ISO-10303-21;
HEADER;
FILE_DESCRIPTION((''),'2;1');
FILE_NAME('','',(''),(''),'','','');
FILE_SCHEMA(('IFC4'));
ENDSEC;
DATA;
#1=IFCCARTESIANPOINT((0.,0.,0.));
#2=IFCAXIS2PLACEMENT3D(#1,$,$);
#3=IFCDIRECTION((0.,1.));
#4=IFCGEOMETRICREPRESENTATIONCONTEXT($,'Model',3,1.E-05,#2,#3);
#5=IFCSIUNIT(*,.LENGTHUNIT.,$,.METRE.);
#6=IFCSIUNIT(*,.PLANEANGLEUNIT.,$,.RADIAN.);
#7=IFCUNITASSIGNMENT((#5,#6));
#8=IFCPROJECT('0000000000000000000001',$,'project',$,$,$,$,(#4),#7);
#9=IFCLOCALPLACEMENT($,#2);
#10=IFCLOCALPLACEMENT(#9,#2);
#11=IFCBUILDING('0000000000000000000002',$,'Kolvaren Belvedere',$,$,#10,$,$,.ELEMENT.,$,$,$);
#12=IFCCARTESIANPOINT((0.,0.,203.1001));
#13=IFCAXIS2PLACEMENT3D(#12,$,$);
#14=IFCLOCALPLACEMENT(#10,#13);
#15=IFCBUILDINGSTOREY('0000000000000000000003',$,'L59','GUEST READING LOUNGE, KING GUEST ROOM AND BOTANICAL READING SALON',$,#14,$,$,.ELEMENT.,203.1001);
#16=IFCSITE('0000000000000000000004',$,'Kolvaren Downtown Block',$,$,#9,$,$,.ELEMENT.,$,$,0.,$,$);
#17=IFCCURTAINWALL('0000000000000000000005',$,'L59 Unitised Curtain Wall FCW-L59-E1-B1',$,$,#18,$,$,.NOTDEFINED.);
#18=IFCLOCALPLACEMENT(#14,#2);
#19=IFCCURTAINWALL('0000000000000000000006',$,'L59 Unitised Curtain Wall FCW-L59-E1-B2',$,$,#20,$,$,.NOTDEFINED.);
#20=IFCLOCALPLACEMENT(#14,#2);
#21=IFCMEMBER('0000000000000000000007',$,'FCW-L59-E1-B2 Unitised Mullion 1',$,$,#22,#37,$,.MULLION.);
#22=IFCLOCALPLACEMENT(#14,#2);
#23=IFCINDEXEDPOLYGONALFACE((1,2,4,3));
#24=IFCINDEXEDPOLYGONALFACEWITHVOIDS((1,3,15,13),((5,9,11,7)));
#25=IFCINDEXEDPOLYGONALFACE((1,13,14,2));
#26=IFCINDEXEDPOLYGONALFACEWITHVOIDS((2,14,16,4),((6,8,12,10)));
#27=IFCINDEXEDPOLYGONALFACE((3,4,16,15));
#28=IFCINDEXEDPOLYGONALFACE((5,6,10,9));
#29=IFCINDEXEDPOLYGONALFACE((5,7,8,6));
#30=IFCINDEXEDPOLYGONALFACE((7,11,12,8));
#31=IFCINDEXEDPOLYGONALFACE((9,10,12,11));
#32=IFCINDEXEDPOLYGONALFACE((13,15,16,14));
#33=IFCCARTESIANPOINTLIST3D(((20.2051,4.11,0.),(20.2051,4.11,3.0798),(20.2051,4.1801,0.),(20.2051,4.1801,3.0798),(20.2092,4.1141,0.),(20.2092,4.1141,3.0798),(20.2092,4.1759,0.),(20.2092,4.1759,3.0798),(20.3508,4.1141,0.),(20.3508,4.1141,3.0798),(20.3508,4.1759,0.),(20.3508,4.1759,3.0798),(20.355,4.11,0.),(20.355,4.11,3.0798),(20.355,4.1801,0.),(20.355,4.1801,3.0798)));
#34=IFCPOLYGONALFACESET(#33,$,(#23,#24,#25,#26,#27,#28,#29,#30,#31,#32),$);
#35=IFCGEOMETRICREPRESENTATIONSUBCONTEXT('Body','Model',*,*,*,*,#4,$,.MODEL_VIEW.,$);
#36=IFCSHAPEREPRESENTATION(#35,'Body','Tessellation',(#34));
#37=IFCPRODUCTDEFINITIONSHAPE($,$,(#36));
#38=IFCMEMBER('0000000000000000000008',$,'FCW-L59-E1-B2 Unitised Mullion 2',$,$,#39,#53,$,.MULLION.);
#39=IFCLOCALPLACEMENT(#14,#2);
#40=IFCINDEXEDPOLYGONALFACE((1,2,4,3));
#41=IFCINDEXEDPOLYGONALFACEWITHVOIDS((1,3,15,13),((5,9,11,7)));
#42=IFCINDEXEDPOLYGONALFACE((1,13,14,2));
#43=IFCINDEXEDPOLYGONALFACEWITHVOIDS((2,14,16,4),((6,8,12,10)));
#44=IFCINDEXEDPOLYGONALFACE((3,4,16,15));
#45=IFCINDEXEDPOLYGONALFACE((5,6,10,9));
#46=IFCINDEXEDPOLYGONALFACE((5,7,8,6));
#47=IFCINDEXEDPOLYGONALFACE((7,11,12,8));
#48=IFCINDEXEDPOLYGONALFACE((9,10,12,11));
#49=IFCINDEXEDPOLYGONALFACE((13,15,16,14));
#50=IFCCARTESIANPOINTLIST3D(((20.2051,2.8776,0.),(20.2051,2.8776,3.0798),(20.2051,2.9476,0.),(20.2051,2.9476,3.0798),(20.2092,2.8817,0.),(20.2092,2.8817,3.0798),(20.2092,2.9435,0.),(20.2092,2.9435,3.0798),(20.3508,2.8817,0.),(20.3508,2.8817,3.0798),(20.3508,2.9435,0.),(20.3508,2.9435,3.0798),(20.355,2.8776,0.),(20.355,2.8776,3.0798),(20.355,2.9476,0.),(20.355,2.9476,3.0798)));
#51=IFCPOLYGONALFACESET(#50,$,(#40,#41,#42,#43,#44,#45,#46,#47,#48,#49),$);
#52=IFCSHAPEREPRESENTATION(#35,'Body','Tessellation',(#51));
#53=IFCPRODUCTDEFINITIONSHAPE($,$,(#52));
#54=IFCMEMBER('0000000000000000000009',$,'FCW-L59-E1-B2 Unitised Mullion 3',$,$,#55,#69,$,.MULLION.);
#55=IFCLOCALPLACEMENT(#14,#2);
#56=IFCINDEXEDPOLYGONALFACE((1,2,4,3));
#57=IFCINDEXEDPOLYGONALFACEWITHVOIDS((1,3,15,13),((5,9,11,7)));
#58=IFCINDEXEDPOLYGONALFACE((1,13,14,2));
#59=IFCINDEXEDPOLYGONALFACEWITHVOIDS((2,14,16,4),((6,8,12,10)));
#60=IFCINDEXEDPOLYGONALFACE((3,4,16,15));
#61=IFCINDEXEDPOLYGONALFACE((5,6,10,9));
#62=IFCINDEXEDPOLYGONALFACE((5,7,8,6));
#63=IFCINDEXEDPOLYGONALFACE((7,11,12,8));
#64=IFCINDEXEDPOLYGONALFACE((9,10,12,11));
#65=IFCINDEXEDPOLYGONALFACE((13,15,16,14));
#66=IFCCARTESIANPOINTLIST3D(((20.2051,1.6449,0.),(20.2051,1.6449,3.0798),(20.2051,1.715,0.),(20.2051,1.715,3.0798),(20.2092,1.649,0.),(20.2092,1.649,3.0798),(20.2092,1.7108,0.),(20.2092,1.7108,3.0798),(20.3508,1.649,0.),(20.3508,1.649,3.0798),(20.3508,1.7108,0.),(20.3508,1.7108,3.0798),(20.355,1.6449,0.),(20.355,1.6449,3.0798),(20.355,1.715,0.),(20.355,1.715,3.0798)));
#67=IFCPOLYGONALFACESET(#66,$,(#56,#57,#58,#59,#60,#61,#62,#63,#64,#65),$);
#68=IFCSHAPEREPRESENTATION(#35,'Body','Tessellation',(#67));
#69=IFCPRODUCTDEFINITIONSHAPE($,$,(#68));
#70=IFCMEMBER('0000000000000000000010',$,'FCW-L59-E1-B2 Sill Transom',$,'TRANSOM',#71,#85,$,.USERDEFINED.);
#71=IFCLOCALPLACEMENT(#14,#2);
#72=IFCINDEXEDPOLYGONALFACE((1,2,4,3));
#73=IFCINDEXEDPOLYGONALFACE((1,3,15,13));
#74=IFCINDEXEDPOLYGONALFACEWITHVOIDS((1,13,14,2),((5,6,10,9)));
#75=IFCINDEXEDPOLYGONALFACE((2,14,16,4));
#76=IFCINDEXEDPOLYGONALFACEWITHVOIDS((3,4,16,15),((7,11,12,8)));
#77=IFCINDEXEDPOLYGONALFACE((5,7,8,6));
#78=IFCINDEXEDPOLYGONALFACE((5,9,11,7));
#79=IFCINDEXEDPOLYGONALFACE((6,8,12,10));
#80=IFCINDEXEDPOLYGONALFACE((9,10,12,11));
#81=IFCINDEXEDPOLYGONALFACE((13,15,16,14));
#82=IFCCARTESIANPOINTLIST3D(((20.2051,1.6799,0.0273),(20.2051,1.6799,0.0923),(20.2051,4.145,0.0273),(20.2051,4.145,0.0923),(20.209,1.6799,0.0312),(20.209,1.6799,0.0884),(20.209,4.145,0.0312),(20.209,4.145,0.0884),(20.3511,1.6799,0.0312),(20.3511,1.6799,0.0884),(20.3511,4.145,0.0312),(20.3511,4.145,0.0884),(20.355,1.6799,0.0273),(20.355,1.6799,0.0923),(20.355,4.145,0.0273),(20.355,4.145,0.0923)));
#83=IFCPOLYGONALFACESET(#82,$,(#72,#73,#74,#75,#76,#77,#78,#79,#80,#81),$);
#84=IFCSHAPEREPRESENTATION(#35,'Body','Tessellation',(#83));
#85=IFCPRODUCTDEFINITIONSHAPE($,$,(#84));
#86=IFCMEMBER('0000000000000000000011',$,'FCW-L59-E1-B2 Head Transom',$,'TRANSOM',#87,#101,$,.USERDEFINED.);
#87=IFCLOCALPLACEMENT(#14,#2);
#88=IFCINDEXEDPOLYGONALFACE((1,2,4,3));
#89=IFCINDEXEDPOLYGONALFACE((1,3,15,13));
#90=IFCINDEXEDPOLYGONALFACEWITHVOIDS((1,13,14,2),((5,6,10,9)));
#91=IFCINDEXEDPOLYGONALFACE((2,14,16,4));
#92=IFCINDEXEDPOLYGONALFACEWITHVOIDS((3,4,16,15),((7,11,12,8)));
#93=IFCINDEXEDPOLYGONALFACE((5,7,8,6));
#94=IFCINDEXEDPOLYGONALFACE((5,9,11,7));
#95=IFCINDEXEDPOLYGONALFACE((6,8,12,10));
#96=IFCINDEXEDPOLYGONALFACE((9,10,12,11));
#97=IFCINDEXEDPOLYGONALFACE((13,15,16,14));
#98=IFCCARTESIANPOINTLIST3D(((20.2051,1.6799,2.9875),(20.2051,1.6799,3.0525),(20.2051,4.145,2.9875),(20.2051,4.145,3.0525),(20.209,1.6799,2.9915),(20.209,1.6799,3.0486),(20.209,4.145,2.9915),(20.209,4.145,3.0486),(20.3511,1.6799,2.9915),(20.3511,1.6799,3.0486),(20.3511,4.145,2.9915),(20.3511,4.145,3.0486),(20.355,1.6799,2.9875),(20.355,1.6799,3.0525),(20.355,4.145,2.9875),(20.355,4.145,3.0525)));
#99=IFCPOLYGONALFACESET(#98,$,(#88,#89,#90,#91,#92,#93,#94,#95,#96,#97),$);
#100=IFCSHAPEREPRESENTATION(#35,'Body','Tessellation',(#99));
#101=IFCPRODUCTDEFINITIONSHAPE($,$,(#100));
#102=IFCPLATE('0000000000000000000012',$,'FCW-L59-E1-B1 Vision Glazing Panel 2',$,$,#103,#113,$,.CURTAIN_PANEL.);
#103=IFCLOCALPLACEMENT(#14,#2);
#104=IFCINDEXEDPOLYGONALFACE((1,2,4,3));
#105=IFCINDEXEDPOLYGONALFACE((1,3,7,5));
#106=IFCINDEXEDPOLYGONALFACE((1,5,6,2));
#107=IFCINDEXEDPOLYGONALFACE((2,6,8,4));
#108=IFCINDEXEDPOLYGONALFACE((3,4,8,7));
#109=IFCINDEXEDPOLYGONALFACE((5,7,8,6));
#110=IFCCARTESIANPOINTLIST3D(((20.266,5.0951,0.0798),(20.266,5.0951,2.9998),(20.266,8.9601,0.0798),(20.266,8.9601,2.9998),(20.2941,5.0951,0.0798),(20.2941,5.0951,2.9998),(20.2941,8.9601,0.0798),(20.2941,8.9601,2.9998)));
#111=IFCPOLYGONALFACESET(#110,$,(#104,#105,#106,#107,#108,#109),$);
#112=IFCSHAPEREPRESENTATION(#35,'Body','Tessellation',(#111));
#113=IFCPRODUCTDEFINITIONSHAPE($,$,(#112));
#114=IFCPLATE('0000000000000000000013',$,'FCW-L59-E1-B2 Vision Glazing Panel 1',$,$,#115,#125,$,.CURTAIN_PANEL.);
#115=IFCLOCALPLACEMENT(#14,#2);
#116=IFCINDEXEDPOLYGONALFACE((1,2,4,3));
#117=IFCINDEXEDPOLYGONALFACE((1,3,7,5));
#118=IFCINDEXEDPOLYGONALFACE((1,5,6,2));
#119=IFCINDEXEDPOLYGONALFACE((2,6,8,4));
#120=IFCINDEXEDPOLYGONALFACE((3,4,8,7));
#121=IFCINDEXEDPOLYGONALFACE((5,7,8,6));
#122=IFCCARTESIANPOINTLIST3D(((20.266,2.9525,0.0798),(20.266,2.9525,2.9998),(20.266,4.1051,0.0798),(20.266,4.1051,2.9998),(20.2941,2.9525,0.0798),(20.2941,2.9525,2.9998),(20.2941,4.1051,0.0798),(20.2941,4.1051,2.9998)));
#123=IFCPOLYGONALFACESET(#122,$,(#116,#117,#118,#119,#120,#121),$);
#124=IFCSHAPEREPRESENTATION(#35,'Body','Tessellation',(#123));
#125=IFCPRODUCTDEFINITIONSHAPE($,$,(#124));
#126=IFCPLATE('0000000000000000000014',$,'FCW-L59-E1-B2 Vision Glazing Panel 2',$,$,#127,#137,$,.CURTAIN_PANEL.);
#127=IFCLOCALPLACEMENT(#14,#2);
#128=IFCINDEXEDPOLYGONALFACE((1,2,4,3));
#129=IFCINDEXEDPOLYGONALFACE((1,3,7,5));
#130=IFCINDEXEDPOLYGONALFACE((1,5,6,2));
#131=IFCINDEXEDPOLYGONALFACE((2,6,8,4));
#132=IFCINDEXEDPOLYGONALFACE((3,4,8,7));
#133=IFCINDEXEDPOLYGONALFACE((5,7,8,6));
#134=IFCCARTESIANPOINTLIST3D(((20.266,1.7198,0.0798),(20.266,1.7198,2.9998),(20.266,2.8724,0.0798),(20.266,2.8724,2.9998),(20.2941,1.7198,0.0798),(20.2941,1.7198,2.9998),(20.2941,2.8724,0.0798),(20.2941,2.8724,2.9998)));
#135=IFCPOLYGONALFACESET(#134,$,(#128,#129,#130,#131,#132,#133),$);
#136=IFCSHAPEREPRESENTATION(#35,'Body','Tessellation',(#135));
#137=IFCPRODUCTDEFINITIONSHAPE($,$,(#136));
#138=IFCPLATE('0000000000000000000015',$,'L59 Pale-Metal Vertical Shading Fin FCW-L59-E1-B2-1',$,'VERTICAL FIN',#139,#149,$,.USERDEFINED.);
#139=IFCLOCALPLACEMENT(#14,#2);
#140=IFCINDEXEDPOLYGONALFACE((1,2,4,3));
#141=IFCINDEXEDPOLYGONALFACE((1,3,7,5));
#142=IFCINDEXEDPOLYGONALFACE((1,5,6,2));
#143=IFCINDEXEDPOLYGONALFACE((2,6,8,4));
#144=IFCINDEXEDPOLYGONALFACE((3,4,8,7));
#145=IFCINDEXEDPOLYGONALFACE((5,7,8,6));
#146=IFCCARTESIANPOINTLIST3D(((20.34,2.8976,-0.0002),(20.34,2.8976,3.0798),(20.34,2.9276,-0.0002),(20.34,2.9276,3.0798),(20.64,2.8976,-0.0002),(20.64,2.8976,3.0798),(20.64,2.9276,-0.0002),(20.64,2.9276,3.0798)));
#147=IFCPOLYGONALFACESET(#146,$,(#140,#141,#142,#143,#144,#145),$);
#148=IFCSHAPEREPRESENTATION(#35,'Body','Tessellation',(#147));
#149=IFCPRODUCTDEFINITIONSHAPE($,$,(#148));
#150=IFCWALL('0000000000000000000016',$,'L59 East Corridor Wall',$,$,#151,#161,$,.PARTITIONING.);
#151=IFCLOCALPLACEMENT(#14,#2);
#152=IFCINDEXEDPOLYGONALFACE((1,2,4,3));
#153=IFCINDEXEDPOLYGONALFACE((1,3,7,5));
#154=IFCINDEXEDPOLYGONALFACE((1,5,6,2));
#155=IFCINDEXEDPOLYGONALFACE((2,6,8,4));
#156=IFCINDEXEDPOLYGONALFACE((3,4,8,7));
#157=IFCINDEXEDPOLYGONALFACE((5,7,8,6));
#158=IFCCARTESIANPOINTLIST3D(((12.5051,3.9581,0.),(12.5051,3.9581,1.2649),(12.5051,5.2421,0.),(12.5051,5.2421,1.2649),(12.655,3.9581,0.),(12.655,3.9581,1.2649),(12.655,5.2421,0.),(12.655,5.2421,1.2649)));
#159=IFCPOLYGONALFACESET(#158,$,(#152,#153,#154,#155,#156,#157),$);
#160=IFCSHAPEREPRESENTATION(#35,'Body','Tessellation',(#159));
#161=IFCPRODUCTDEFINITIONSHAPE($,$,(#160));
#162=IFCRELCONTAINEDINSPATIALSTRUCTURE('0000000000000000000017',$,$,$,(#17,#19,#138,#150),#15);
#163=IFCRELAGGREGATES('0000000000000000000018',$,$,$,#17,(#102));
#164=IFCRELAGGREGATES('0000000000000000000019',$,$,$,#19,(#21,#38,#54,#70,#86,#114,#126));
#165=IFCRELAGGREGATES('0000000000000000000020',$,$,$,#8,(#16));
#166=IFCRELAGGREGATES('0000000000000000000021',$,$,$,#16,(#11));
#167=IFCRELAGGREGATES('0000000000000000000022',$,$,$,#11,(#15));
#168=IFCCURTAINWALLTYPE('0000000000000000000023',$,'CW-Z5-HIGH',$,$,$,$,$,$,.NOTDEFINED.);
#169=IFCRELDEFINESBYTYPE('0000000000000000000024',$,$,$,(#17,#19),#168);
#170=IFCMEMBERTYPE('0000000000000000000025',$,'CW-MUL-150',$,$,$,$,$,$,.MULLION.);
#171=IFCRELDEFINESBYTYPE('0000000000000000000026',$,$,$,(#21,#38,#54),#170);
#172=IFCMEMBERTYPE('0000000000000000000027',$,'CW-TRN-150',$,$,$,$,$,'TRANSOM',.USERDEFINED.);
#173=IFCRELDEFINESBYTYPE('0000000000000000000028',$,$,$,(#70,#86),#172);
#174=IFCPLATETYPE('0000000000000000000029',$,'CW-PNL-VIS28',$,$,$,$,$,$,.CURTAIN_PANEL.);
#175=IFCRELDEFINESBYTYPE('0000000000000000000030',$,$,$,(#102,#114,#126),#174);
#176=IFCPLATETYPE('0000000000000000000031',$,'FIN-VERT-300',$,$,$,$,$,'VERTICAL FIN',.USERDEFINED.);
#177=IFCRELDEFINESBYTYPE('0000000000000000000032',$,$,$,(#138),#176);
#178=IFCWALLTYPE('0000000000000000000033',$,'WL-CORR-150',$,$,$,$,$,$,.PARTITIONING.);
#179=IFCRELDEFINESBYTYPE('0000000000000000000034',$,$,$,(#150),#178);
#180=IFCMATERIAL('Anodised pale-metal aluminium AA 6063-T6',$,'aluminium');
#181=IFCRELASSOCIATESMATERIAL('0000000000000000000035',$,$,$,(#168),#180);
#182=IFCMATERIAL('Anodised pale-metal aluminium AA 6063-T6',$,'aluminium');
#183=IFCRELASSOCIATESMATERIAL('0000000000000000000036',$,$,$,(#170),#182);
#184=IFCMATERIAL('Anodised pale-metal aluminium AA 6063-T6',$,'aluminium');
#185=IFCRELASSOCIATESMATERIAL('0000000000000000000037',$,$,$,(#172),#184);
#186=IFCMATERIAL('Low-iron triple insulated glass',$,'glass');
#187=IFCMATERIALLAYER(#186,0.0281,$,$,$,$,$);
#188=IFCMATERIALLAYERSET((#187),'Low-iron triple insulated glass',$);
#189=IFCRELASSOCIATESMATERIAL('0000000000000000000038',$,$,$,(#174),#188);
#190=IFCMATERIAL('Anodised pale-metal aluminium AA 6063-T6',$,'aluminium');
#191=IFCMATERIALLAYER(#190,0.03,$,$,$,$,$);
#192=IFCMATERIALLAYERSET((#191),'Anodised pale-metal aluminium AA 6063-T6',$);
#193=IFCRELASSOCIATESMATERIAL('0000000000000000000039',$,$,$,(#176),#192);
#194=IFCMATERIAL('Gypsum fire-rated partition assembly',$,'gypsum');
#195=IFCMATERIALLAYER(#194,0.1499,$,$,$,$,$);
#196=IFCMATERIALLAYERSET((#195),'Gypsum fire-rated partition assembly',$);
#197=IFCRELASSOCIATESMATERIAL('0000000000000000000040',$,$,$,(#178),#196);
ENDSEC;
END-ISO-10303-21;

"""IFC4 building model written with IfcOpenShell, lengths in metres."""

from ifc_helpers import new_model, si_unit, direction, frame, frame_2d, origin, origin_2d, place, context, subcontext, project, spatial, rectangle, hollow_rectangle, extrude, material, layer, layer_set, material_profile, profile_set, type_object, element, aggregate, save


model = new_model("IFC4")

# Units and contexts
model_context = context("Model", 3, precision=1e-05, world=origin(), true_north=direction((0.0, 1.0)))
body_context = subcontext(model_context, "Body", "Model", "MODEL_VIEW")
ifc_project = project(units=[si_unit("LENGTHUNIT", "METRE"), si_unit("PLANEANGLEUNIT", "RADIAN")], contexts=[model_context])

# Site, building, storey
site_placement = place(None, origin())
site = spatial("IfcSite", under=ifc_project, at=site_placement, Name="Kolvaren Downtown Block", CompositionType="ELEMENT", RefElevation=0.0)
building_placement = place(site_placement, origin())
building = spatial("IfcBuilding", under=site, at=building_placement, Name="Kolvaren Belvedere", CompositionType="ELEMENT")
storey_placement = place(building_placement, frame((0.0, 0.0, 203.1001)))
storey = spatial("IfcBuildingStorey", under=building, at=storey_placement, Name="L59", Description="GUEST READING LOUNGE, KING GUEST ROOM AND BOTANICAL READING SALON", CompositionType="ELEMENT", Elevation=203.1001)

# Curtain wall
ifc_material_1 = material(Name="Anodised pale-metal aluminium AA 6063-T6", Category="aluminium")
curtain_wall_type = type_object("IfcCurtainWallType", Name="CW-Z5-HIGH", PredefinedType="NOTDEFINED", material=ifc_material_1)
curtain_wall_1_placement = place(storey_placement, origin())
curtain_wall_1 = element("IfcCurtainWall", 1, at=curtain_wall_1_placement, inside=storey, type_object=curtain_wall_type, Name="L59 Unitised Curtain Wall FCW-L59-E1-B1", PredefinedType="NOTDEFINED")
ifc_material_2 = material(Name="Anodised pale-metal aluminium AA 6063-T6", Category="aluminium")
ifc_material_profile_1 = material_profile(ifc_material_2, hollow_rectangle(XDim=0.0701, YDim=0.1499, WallThickness=0.0042, at=origin_2d()), Name="ALU-MUL-150X70")
ifc_profile_set_1 = profile_set([ifc_material_profile_1], Name="Anodised pale-metal aluminium AA 6063-T6")
member_type_1 = type_object("IfcMemberType", Name="CW-MUL-150", PredefinedType="MULLION", material=ifc_profile_set_1)

# Curtain wall, members
curtain_wall_2_placement = place(storey_placement, origin())
curtain_wall_2 = element("IfcCurtainWall", 2, at=curtain_wall_2_placement, inside=storey, type_object=curtain_wall_type, Name="L59 Unitised Curtain Wall FCW-L59-E1-B2", PredefinedType="NOTDEFINED")
member_1_placement = place(storey_placement, frame((20.28, 4.145, 0.0), z_axis=(0.0, 0.0, 1.0), x_axis=(0.0, 1.0, 0.0)))
member_1 = element("IfcMember", 3, at=member_1_placement, type_object=member_type_1, Name="FCW-L59-E1-B2 Unitised Mullion 1", PredefinedType="MULLION", context=body_context, shape_type="SweptSolid", body=[
    extrude(hollow_rectangle(XDim=0.0701, YDim=0.1499, WallThickness=0.0042, at=origin_2d()), origin(), (0.0, 0.0, 1.0), 3.0798),
])
member_2_placement = place(storey_placement, frame((20.28, 2.9126, 0.0), z_axis=(0.0, 0.0, 1.0), x_axis=(0.0, 1.0, 0.0)))
member_2 = element("IfcMember", 4, at=member_2_placement, type_object=member_type_1, Name="FCW-L59-E1-B2 Unitised Mullion 2", PredefinedType="MULLION", context=body_context, shape_type="SweptSolid", body=[
    extrude(hollow_rectangle(XDim=0.0701, YDim=0.1499, WallThickness=0.0042, at=origin_2d()), origin(), (0.0, 0.0, 1.0), 3.0798),
])
member_3_placement = place(storey_placement, frame((20.28, 1.6799, 0.0), z_axis=(0.0, 0.0, 1.0), x_axis=(0.0, 1.0, 0.0)))
member_3 = element("IfcMember", 5, at=member_3_placement, type_object=member_type_1, Name="FCW-L59-E1-B2 Unitised Mullion 3", PredefinedType="MULLION", context=body_context, shape_type="SweptSolid", body=[
    extrude(hollow_rectangle(XDim=0.0701, YDim=0.1499, WallThickness=0.0042, at=origin_2d()), origin(), (0.0, 0.0, 1.0), 3.0798),
])
ifc_material_3 = material(Name="Anodised pale-metal aluminium AA 6063-T6", Category="aluminium")
ifc_material_profile_2 = material_profile(ifc_material_3, hollow_rectangle(XDim=0.0649, YDim=0.1499, WallThickness=0.0039, at=origin_2d()), Name="ALU-TRN-150X65")
ifc_profile_set_2 = profile_set([ifc_material_profile_2], Name="Anodised pale-metal aluminium AA 6063-T6")
member_type_2 = type_object("IfcMemberType", Name="CW-TRN-150", ElementType="TRANSOM", PredefinedType="USERDEFINED", material=ifc_profile_set_2)
member_4_placement = place(storey_placement, frame((20.28, 4.145, 0.0598), z_axis=(0.0, -1.0, 0.0), x_axis=(0.0, 0.0, 1.0)))
member_4 = element("IfcMember", 6, at=member_4_placement, type_object=member_type_2, Name="FCW-L59-E1-B2 Sill Transom", ObjectType="TRANSOM", PredefinedType="USERDEFINED", context=body_context, shape_type="SweptSolid", body=[
    extrude(hollow_rectangle(XDim=0.0649, YDim=0.1499, WallThickness=0.0039, at=origin_2d()), origin(), (0.0, 0.0, 1.0), 2.4651),
])
member_5_placement = place(storey_placement, frame((20.28, 4.145, 3.02), z_axis=(0.0, -1.0, 0.0), x_axis=(0.0, 0.0, 1.0)))
member_5 = element("IfcMember", 7, at=member_5_placement, type_object=member_type_2, Name="FCW-L59-E1-B2 Head Transom", ObjectType="TRANSOM", PredefinedType="USERDEFINED", context=body_context, shape_type="SweptSolid", body=[
    extrude(hollow_rectangle(XDim=0.0649, YDim=0.1499, WallThickness=0.0039, at=origin_2d()), origin(), (0.0, 0.0, 1.0), 2.4651),
])

# Plates
ifc_material_4 = material(Name="Low-iron triple insulated glass", Category="glass")
ifc_layer_1 = layer(ifc_material_4, 0.0281)
ifc_layer_set_1 = layer_set([ifc_layer_1], Name="Low-iron triple insulated glass")
plate_type_1 = type_object("IfcPlateType", Name="CW-PNL-VIS28", PredefinedType="CURTAIN_PANEL", material=ifc_layer_set_1)
plate_1_placement = place(storey_placement, frame((20.28, 7.0276, 0.0798), z_axis=(0.0, 0.0, 1.0), x_axis=(0.0, -1.0, 0.0)))
plate_1 = element("IfcPlate", 8, at=plate_1_placement, type_object=plate_type_1, Name="FCW-L59-E1-B1 Vision Glazing Panel 2", PredefinedType="CURTAIN_PANEL", context=body_context, shape_type="SweptSolid", body=[
    extrude(rectangle(XDim=3.865, YDim=0.0281, at=origin_2d()), origin(), (0.0, 0.0, 1.0), 2.9199),
])
aggregate(curtain_wall_1, [plate_1])
plate_2_placement = place(storey_placement, frame((20.28, 3.5288, 0.0798), z_axis=(0.0, 0.0, 1.0), x_axis=(0.0, -1.0, 0.0)))
plate_2 = element("IfcPlate", 9, at=plate_2_placement, type_object=plate_type_1, Name="FCW-L59-E1-B2 Vision Glazing Panel 1", PredefinedType="CURTAIN_PANEL", context=body_context, shape_type="SweptSolid", body=[
    extrude(rectangle(XDim=1.1526, YDim=0.0281, at=origin_2d()), origin(), (0.0, 0.0, 1.0), 2.9199),
])
plate_3_placement = place(storey_placement, frame((20.28, 2.2961, 0.0798), z_axis=(0.0, 0.0, 1.0), x_axis=(0.0, -1.0, 0.0)))
plate_3 = element("IfcPlate", 10, at=plate_3_placement, type_object=plate_type_1, Name="FCW-L59-E1-B2 Vision Glazing Panel 2", PredefinedType="CURTAIN_PANEL", context=body_context, shape_type="SweptSolid", body=[
    extrude(rectangle(XDim=1.1526, YDim=0.0281, at=origin_2d()), origin(), (0.0, 0.0, 1.0), 2.9199),
])
aggregate(curtain_wall_2, [member_1, member_2, member_3, member_4, member_5, plate_2, plate_3])
ifc_material_5 = material(Name="Anodised pale-metal aluminium AA 6063-T6", Category="aluminium")
ifc_layer_2 = layer(ifc_material_5, 0.03)
ifc_layer_set_2 = layer_set([ifc_layer_2], Name="Anodised pale-metal aluminium AA 6063-T6")
plate_type_2 = type_object("IfcPlateType", Name="FIN-VERT-300", ElementType="VERTICAL FIN", PredefinedType="USERDEFINED", material=ifc_layer_set_2)
plate_4_placement = place(storey_placement, frame((20.49, 2.9126, -0.0002), z_axis=(0.0, 0.0, 1.0), x_axis=(1.0, 0.0, 0.0)))
element("IfcPlate", 11, at=plate_4_placement, inside=storey, type_object=plate_type_2, Name="L59 Pale-Metal Vertical Shading Fin FCW-L59-E1-B2-1", ObjectType="VERTICAL FIN", PredefinedType="USERDEFINED", context=body_context, shape_type="SweptSolid", body=[
    extrude(rectangle(XDim=0.3, YDim=0.03, at=origin_2d()), origin(), (0.0, 0.0, 1.0), 3.0801),
])

# Wall
ifc_material_6 = material(Name="Gypsum fire-rated partition assembly", Category="gypsum")
ifc_layer_3 = layer(ifc_material_6, 0.1499)
ifc_layer_set_3 = layer_set([ifc_layer_3], Name="Gypsum fire-rated partition assembly")
wall_type_1 = type_object("IfcWallType", Name="WL-CORR-150", PredefinedType="PARTITIONING", material=ifc_layer_set_3)
wall_1_placement = place(storey_placement, frame((12.5801, 3.958, 0.0), z_axis=(0.0, 0.0, 1.0), x_axis=(0.0, 1.0, 0.0)))
element("IfcWall", 12, at=wall_1_placement, inside=storey, type_object=wall_type_1, Name="L59 East Corridor Wall", PredefinedType="PARTITIONING", context=body_context, shape_type="SweptSolid", body=[
    extrude(rectangle(XDim=1.2839, YDim=0.1499, at=frame_2d((0.6421, 0.0))), origin(), (0.0, 0.0, 1.0), 1.2649),
])

save(model, "model.ifc")
